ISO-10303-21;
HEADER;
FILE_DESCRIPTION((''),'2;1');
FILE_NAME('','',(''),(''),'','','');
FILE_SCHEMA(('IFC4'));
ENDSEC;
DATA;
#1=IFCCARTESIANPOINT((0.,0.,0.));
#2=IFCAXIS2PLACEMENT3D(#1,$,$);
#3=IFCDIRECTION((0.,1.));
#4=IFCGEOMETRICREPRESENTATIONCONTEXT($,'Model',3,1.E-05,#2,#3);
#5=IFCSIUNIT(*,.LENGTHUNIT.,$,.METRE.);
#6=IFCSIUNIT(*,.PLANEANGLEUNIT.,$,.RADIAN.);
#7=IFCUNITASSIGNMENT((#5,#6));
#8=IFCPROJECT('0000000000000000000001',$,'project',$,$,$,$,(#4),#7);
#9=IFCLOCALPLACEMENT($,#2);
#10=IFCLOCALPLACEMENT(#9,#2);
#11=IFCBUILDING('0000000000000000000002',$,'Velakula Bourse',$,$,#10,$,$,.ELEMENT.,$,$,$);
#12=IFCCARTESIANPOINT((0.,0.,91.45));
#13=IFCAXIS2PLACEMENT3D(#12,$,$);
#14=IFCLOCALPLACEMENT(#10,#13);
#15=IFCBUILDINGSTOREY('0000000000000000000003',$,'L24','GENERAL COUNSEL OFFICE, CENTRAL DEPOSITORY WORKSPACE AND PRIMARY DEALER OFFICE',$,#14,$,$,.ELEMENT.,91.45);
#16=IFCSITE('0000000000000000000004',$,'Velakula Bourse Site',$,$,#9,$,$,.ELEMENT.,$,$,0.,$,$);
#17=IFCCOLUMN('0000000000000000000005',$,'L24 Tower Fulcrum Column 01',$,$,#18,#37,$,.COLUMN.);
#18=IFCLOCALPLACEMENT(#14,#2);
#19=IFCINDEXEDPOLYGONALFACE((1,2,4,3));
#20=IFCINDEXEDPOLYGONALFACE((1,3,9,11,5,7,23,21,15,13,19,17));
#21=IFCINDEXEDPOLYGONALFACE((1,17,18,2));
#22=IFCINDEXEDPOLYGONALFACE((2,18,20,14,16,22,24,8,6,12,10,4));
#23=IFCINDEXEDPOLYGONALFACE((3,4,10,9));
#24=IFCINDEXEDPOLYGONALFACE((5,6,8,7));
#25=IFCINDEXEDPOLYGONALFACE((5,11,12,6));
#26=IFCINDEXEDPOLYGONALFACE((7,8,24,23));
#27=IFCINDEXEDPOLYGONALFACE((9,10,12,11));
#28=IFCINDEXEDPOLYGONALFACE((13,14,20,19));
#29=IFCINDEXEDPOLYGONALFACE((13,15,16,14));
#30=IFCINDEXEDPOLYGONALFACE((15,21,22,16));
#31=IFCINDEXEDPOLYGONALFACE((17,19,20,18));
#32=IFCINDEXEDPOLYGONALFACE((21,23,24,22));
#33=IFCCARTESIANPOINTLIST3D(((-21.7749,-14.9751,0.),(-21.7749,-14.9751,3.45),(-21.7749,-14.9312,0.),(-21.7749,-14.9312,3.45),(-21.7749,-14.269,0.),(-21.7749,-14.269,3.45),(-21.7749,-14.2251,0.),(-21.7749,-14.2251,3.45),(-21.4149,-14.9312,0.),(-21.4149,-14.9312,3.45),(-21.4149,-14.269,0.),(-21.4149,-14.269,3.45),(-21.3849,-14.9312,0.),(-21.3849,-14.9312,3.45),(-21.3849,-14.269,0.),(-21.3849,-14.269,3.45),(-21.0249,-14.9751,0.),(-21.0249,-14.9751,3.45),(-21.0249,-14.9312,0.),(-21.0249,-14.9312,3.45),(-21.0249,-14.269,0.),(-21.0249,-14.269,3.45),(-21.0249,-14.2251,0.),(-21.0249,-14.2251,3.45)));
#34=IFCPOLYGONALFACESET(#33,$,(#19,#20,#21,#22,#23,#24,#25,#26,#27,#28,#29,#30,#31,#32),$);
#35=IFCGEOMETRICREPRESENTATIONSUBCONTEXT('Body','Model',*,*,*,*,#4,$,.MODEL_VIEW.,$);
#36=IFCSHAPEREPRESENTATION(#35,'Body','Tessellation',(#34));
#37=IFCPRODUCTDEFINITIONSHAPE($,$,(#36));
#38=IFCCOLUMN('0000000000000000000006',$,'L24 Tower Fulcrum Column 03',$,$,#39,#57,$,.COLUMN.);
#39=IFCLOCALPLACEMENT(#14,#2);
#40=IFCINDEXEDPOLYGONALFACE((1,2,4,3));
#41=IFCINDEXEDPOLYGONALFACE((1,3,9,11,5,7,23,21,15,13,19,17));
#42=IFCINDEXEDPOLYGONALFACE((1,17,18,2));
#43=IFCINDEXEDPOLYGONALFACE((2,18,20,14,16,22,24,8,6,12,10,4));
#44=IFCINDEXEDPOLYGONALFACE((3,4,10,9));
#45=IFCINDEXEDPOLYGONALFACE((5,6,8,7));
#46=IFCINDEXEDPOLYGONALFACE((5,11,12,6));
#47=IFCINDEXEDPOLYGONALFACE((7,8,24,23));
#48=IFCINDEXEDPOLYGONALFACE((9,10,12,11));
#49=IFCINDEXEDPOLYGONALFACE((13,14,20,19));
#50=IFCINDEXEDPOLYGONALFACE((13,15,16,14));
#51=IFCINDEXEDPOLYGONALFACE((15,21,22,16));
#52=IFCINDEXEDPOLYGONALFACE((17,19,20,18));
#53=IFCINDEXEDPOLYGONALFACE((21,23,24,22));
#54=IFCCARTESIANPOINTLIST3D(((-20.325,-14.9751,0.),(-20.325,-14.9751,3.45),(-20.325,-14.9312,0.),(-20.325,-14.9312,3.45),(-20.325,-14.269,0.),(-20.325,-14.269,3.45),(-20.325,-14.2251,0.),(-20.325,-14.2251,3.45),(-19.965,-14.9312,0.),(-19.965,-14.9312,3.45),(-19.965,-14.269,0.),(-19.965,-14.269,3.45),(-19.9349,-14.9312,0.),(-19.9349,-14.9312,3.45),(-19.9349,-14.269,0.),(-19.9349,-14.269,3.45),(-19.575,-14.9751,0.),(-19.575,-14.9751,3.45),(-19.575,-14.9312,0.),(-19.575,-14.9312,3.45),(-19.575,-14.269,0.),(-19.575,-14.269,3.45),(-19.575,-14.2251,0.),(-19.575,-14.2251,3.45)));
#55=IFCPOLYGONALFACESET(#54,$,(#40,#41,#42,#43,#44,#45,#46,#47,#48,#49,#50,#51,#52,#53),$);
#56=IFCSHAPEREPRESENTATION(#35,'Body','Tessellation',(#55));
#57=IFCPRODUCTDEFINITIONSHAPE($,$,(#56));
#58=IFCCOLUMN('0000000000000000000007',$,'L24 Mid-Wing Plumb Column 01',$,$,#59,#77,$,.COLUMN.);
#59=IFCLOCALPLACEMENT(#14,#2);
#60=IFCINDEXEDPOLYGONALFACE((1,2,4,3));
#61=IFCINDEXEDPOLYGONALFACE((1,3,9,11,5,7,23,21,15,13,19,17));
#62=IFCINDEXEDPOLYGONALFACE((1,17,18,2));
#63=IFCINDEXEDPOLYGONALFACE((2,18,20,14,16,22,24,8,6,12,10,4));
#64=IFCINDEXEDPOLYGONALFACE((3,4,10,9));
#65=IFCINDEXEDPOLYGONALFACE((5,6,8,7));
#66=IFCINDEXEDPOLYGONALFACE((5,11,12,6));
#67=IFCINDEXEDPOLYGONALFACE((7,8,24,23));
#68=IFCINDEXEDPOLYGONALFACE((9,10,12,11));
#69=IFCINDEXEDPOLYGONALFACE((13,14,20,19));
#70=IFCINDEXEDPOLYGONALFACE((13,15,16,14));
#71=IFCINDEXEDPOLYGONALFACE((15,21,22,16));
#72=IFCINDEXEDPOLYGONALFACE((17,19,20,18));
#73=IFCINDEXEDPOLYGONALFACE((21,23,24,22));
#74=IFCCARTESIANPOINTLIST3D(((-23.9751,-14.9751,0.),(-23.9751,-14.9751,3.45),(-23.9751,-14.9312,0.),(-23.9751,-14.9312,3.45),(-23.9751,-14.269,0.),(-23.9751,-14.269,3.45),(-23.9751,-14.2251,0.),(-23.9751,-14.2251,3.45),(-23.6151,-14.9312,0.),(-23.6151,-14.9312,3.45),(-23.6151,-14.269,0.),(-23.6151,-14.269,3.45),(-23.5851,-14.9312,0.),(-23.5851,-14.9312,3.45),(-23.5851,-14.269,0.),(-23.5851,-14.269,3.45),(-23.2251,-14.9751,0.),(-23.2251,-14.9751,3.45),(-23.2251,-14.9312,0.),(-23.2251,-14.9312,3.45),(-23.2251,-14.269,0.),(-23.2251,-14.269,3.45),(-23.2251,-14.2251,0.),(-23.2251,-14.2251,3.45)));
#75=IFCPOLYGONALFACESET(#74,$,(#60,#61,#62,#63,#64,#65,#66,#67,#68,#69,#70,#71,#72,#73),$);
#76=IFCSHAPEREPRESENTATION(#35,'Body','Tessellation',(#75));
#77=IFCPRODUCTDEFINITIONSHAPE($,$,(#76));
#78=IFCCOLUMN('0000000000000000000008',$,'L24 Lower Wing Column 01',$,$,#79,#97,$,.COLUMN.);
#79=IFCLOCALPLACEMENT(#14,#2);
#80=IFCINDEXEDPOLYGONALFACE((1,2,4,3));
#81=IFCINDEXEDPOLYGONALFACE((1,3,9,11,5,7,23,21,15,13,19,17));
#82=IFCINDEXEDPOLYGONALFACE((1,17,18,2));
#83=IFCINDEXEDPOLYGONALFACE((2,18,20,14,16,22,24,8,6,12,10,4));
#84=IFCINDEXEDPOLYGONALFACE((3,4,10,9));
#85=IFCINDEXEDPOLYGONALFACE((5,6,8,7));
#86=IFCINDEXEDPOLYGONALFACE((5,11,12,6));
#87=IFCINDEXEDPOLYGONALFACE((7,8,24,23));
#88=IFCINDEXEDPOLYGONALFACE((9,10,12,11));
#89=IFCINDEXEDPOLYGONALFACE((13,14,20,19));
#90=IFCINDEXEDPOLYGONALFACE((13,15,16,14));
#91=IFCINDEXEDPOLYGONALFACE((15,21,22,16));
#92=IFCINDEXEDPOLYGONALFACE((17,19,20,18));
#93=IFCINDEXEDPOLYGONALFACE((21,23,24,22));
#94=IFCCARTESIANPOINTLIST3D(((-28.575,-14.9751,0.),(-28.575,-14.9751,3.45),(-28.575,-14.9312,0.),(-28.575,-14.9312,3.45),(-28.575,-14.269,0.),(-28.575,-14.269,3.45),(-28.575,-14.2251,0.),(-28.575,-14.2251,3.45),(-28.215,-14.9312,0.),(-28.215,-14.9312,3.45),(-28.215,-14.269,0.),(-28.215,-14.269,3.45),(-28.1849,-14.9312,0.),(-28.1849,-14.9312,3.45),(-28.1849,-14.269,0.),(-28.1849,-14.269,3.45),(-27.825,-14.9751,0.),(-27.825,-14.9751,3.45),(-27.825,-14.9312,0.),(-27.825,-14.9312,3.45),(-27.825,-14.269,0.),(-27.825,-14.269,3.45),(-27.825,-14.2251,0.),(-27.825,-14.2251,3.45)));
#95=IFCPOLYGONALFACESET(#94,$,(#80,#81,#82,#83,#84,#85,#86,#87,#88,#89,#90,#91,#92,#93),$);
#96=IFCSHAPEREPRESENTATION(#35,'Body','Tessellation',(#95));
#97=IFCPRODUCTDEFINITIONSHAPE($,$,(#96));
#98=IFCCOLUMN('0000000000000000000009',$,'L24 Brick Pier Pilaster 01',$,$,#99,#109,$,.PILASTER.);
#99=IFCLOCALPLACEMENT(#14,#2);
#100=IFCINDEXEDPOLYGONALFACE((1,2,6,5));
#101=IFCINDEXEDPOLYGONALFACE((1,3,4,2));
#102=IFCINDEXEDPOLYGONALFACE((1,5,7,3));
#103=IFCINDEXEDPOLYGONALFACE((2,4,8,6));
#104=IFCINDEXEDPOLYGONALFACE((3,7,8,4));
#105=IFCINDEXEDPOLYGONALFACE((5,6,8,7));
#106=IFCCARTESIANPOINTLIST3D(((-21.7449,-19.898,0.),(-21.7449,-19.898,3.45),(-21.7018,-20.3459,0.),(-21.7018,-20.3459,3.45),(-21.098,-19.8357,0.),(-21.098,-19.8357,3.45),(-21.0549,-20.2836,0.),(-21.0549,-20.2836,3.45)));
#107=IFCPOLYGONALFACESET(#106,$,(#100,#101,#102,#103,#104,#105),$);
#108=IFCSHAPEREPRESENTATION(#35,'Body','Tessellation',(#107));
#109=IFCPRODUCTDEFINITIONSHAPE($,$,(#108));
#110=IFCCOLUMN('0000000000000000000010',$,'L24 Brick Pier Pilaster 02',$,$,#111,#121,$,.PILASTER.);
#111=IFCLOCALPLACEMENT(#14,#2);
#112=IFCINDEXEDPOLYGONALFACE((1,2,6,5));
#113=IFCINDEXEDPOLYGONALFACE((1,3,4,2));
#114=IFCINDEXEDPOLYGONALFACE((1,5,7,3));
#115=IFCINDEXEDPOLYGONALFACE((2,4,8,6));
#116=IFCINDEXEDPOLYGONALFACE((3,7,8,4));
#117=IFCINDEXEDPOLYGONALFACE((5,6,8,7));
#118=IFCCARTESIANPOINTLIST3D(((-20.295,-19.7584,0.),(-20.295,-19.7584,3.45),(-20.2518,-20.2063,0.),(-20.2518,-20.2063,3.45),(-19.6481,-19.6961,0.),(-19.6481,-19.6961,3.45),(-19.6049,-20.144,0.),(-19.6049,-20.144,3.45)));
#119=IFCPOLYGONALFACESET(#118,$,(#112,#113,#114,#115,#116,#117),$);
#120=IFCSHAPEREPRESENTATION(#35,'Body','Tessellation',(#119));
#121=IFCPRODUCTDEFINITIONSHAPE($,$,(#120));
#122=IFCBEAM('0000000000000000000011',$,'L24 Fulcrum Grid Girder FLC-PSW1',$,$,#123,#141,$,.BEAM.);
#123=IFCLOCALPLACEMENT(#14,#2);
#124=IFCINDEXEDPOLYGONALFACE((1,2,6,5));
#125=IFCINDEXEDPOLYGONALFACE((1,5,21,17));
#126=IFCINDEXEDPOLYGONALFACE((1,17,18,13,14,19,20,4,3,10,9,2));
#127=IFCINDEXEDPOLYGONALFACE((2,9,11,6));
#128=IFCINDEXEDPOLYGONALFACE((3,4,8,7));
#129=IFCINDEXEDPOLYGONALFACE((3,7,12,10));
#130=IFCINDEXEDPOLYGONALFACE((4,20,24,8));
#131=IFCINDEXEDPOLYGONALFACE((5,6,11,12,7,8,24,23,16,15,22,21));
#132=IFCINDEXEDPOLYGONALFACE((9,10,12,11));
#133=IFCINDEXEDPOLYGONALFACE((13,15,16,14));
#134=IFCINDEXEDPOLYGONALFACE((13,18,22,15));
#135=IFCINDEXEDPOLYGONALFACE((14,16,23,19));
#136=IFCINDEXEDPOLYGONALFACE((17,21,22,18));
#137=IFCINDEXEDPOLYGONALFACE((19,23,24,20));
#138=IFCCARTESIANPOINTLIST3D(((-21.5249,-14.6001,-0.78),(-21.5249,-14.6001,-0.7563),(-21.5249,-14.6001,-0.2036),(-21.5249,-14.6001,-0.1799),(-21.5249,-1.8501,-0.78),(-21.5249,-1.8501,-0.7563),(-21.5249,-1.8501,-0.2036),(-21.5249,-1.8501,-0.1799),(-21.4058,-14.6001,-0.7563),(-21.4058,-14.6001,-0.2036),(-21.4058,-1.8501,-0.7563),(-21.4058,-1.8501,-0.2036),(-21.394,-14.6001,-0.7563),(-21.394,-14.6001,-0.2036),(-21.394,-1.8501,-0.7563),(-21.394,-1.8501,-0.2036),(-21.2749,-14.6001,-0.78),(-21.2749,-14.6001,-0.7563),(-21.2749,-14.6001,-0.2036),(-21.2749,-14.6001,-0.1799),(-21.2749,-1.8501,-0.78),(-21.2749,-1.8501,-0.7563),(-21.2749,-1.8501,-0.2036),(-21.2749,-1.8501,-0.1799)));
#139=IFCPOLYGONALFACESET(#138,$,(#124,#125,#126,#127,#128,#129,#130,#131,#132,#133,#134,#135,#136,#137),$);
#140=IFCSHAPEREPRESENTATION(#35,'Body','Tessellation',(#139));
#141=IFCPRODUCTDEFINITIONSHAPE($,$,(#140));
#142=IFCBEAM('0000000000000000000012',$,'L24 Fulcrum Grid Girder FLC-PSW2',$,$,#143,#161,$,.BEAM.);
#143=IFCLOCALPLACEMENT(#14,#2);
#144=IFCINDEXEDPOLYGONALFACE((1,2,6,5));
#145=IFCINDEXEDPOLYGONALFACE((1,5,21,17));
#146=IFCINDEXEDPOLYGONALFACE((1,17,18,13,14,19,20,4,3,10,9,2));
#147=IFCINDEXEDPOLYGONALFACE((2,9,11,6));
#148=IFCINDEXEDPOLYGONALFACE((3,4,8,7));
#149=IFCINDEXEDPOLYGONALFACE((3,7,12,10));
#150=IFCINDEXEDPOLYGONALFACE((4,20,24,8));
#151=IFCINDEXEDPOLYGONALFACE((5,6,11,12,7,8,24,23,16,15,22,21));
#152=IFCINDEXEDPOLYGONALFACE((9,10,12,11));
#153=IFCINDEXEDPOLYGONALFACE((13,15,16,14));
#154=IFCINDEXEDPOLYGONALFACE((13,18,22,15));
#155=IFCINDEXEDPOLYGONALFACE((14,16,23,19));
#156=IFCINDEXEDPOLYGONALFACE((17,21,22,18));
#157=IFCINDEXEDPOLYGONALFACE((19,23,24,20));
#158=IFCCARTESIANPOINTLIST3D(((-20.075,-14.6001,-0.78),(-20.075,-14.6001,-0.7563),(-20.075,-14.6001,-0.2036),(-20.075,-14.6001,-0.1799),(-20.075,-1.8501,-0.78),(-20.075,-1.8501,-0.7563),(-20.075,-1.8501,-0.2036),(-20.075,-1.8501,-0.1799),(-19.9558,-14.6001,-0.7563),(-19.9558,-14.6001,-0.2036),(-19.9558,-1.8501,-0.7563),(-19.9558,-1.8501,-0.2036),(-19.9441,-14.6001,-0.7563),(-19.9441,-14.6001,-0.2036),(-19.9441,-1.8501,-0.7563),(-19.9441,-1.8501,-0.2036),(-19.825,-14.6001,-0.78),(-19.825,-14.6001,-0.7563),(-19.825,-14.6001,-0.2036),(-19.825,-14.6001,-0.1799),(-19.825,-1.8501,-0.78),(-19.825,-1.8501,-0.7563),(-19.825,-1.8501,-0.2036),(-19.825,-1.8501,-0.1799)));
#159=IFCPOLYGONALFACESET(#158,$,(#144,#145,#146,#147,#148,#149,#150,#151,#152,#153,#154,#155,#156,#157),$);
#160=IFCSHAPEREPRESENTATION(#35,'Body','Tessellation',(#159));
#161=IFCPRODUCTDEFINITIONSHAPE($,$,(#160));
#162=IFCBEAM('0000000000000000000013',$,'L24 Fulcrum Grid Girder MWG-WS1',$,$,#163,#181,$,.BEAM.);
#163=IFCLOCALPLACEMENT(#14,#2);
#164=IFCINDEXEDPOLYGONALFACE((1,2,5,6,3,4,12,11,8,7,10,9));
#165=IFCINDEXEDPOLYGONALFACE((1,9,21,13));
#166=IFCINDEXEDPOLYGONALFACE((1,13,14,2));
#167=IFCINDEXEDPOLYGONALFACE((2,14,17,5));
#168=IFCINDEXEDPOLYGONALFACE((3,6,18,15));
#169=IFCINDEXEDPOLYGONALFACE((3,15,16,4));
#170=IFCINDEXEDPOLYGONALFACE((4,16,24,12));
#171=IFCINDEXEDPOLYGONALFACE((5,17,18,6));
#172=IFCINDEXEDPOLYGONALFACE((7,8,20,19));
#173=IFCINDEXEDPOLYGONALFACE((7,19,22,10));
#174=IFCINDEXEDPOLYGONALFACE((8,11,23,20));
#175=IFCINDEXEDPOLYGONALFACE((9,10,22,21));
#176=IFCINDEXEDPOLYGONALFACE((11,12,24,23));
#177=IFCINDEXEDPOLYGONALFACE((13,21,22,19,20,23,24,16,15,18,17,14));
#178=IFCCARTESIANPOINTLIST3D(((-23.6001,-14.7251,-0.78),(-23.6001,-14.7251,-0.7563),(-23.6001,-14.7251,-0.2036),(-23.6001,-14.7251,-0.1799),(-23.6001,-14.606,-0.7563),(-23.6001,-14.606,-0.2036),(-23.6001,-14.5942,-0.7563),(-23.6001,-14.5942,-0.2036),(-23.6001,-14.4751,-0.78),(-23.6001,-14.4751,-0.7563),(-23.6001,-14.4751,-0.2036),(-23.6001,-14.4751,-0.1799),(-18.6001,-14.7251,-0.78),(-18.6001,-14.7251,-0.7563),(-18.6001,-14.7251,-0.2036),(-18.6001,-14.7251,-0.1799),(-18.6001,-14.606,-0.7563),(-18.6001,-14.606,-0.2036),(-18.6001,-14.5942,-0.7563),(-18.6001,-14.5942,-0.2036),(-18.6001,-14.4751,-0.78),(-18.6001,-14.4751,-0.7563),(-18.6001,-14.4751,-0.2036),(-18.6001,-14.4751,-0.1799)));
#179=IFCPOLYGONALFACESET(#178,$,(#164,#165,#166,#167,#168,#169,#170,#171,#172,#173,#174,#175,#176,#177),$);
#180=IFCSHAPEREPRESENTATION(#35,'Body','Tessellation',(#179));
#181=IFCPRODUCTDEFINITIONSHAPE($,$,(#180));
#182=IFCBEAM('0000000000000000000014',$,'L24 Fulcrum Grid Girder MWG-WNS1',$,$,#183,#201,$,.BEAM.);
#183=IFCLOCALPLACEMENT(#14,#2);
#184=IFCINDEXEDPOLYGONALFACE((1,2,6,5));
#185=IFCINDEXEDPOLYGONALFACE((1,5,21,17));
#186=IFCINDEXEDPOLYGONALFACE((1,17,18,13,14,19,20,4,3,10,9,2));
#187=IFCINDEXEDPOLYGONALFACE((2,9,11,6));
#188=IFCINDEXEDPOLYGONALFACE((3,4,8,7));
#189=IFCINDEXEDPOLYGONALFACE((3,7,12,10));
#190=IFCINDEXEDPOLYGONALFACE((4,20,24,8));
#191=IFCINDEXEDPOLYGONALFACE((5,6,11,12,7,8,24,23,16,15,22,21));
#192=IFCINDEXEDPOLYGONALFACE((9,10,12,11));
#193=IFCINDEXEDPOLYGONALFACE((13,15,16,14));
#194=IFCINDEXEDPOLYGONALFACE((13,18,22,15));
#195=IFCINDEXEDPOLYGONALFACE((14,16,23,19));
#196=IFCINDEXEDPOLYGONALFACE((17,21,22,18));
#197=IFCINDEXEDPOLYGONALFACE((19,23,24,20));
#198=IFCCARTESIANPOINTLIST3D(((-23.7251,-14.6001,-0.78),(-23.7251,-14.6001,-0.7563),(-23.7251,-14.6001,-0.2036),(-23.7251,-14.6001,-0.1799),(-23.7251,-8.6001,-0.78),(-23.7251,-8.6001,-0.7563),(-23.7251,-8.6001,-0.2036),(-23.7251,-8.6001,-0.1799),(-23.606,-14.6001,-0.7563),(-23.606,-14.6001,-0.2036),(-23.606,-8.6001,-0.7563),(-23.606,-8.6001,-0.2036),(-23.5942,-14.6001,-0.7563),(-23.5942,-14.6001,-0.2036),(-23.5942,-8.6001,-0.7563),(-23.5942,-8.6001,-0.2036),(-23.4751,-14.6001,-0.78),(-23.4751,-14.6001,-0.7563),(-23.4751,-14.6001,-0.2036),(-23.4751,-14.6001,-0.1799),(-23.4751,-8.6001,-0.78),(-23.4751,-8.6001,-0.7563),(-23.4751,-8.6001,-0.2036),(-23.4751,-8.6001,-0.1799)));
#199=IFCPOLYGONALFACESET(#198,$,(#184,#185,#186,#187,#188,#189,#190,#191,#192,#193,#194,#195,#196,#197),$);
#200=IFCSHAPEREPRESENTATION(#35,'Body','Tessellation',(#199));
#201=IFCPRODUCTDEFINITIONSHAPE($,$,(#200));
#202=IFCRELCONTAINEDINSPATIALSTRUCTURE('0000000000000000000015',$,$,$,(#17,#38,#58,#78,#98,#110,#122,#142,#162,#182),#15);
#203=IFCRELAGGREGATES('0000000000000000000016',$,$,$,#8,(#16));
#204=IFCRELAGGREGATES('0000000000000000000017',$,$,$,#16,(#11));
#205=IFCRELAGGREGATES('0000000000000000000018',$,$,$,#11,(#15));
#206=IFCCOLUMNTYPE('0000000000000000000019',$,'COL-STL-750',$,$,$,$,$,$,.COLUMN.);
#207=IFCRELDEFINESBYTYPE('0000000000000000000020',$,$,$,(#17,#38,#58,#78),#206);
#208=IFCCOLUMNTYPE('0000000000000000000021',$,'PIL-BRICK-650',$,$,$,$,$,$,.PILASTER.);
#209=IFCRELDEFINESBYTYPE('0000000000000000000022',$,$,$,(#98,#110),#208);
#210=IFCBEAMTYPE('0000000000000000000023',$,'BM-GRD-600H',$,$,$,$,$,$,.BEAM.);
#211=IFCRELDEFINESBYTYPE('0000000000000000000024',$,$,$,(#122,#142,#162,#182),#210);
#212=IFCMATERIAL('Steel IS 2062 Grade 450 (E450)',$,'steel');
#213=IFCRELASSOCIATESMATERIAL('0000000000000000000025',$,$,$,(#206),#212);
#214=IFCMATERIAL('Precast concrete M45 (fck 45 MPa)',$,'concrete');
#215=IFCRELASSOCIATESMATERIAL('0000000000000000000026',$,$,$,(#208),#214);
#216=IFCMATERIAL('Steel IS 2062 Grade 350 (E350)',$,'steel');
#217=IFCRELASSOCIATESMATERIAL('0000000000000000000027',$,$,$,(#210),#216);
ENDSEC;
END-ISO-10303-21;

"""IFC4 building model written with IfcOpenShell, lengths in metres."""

from ifc_helpers import new_model, si_unit, direction, frame, origin, origin_2d, place, context, subcontext, project, spatial, rectangle, i_section, extrude, material, material_profile, profile_set, type_object, element, save


model = new_model("IFC4")

# Units and contexts
model_context = context("Model", 3, precision=1e-05, world=origin(), true_north=direction((0.0, 1.0)))
body_context = subcontext(model_context, "Body", "Model", "MODEL_VIEW")
ifc_project = project(units=[si_unit("LENGTHUNIT", "METRE"), si_unit("PLANEANGLEUNIT", "RADIAN")], contexts=[model_context])

# Site, building, storey
site_placement = place(None, origin())
site = spatial("IfcSite", under=ifc_project, at=site_placement, Name="Velakula Bourse Site", CompositionType="ELEMENT", RefElevation=0.0)
building_placement = place(site_placement, origin())
building = spatial("IfcBuilding", under=site, at=building_placement, Name="Velakula Bourse", CompositionType="ELEMENT")
storey_placement = place(building_placement, frame((0.0, 0.0, 91.45)))
storey = spatial("IfcBuildingStorey", under=building, at=storey_placement, Name="L24", Description="GENERAL COUNSEL OFFICE, CENTRAL DEPOSITORY WORKSPACE AND PRIMARY DEALER OFFICE", CompositionType="ELEMENT", Elevation=91.45)

# Columns
ifc_material_1 = material(Name="Steel IS 2062 Grade 450 (E450)", Category="steel")
ifc_material_profile_1 = material_profile(ifc_material_1, i_section(OverallWidth=0.75, OverallDepth=0.75, WebThickness=0.03, FlangeThickness=0.0439, at=origin_2d()), Name="Steel IS 2062 Grade 450 (E450)")
ifc_profile_set_1 = profile_set([ifc_material_profile_1], Name="Steel IS 2062 Grade 450 (E450)")
column_type_1 = type_object("IfcColumnType", Name="COL-STL-750", PredefinedType="COLUMN", material=ifc_profile_set_1)
for number, where, z_axis, x_axis, name in (
    (1, (-21.3999, -14.6001, 0.0), (0.0, 0.0, 1.0), (1.0, 0.0, 0.0), "L24 Tower Fulcrum Column 01"),
    (2, (-19.95, -14.6001, 0.0), (0.0, 0.0, 1.0), (1.0, 0.0, 0.0), "L24 Tower Fulcrum Column 03"),
    (3, (-23.6001, -14.6001, 0.0), (0.0, 0.0, 1.0), (1.0, 0.0, 0.0), "L24 Mid-Wing Plumb Column 01"),
    (4, (-28.2, -14.6001, 0.0), (0.0, 0.0, 1.0), (1.0, 0.0, 0.0), "L24 Lower Wing Column 01"),
):
    element("IfcColumn", number, at=place(storey_placement, frame(where, z_axis=z_axis, x_axis=x_axis)), inside=storey, type_object=column_type_1, Name=name, PredefinedType="COLUMN", context=body_context, shape_type="SweptSolid", body=[
        extrude(i_section(OverallWidth=0.75, OverallDepth=0.75, WebThickness=0.03, FlangeThickness=0.0439, at=origin_2d()), origin(), (0.0, 0.0, 1.0), 3.45),
    ])
ifc_material_2 = material(Name="Precast concrete M45 (fck 45 MPa)", Category="concrete")
ifc_material_profile_2 = material_profile(ifc_material_2, rectangle(XDim=0.6499, YDim=0.45, at=origin_2d()), Name="Precast concrete M45 (fck 45 MPa)")
ifc_profile_set_2 = profile_set([ifc_material_profile_2], Name="Precast concrete M45 (fck 45 MPa)")
column_type_2 = type_object("IfcColumnType", Name="PIL-BRICK-650", PredefinedType="PILASTER", material=ifc_profile_set_2)
for number, where, z_axis, x_axis, name in (
    (5, (-21.3999, -20.0908, 0.0), (0.0, 0.0, 1.0), (0.995396, 0.095846, 0.0), "L24 Brick Pier Pilaster 01"),
    (6, (-19.95, -19.9512, 0.0), (0.0, 0.0, 1.0), (0.995396, 0.095846, 0.0), "L24 Brick Pier Pilaster 02"),
):
    element("IfcColumn", number, at=place(storey_placement, frame(where, z_axis=z_axis, x_axis=x_axis)), inside=storey, type_object=column_type_2, Name=name, PredefinedType="PILASTER", context=body_context, shape_type="SweptSolid", body=[
        extrude(rectangle(XDim=0.6499, YDim=0.45, at=origin_2d()), origin(), (0.0, 0.0, 1.0), 3.45),
    ])

# Beams
ifc_material_3 = material(Name="Steel IS 2062 Grade 350 (E350)", Category="steel")
ifc_material_profile_3 = material_profile(ifc_material_3, i_section(OverallWidth=0.25, OverallDepth=0.6001, WebThickness=0.0117, FlangeThickness=0.0237, at=origin_2d()), Name="Steel IS 2062 Grade 350 (E350)")
ifc_profile_set_3 = profile_set([ifc_material_profile_3], Name="Steel IS 2062 Grade 350 (E350)")
beam_type_1 = type_object("IfcBeamType", Name="BM-GRD-600H", PredefinedType="BEAM", material=ifc_profile_set_3)
for number, where, z_axis, x_axis, name in (
    (7, (-21.3999, -14.6001, -0.48), (0.0, 1.0, 0.0), (-1.0, 0.0, 0.0), "L24 Fulcrum Grid Girder FLC-PSW1"),
    (8, (-19.95, -14.6001, -0.48), (0.0, 1.0, 0.0), (-1.0, 0.0, 0.0), "L24 Fulcrum Grid Girder FLC-PSW2"),
):
    element("IfcBeam", number, at=place(storey_placement, frame(where, z_axis=z_axis, x_axis=x_axis)), inside=storey, type_object=beam_type_1, Name=name, PredefinedType="BEAM", context=body_context, shape_type="SweptSolid", body=[
        extrude(i_section(OverallWidth=0.25, OverallDepth=0.6001, WebThickness=0.0117, FlangeThickness=0.0237, at=origin_2d()), origin(), (0.0, 0.0, 1.0), 12.75),
    ])
beam_1_placement = place(storey_placement, frame((-23.6001, -14.6001, -0.48), z_axis=(1.0, 0.0, 0.0), x_axis=(0.0, 1.0, 0.0)))
element("IfcBeam", 9, at=beam_1_placement, inside=storey, type_object=beam_type_1, Name="L24 Fulcrum Grid Girder MWG-WS1", PredefinedType="BEAM", context=body_context, shape_type="SweptSolid", body=[
    extrude(i_section(OverallWidth=0.25, OverallDepth=0.6001, WebThickness=0.0117, FlangeThickness=0.0237, at=origin_2d()), origin(), (0.0, 0.0, 1.0), 5.0),
])
beam_2_placement = place(storey_placement, frame((-23.6001, -14.6001, -0.48), z_axis=(0.0, 1.0, 0.0), x_axis=(-1.0, 0.0, 0.0)))
element("IfcBeam", 10, at=beam_2_placement, inside=storey, type_object=beam_type_1, Name="L24 Fulcrum Grid Girder MWG-WNS1", PredefinedType="BEAM", context=body_context, shape_type="SweptSolid", body=[
    extrude(i_section(OverallWidth=0.25, OverallDepth=0.6001, WebThickness=0.0117, FlangeThickness=0.0237, at=origin_2d()), origin(), (0.0, 0.0, 1.0), 6.0),
])

save(model, "model.ifc")
